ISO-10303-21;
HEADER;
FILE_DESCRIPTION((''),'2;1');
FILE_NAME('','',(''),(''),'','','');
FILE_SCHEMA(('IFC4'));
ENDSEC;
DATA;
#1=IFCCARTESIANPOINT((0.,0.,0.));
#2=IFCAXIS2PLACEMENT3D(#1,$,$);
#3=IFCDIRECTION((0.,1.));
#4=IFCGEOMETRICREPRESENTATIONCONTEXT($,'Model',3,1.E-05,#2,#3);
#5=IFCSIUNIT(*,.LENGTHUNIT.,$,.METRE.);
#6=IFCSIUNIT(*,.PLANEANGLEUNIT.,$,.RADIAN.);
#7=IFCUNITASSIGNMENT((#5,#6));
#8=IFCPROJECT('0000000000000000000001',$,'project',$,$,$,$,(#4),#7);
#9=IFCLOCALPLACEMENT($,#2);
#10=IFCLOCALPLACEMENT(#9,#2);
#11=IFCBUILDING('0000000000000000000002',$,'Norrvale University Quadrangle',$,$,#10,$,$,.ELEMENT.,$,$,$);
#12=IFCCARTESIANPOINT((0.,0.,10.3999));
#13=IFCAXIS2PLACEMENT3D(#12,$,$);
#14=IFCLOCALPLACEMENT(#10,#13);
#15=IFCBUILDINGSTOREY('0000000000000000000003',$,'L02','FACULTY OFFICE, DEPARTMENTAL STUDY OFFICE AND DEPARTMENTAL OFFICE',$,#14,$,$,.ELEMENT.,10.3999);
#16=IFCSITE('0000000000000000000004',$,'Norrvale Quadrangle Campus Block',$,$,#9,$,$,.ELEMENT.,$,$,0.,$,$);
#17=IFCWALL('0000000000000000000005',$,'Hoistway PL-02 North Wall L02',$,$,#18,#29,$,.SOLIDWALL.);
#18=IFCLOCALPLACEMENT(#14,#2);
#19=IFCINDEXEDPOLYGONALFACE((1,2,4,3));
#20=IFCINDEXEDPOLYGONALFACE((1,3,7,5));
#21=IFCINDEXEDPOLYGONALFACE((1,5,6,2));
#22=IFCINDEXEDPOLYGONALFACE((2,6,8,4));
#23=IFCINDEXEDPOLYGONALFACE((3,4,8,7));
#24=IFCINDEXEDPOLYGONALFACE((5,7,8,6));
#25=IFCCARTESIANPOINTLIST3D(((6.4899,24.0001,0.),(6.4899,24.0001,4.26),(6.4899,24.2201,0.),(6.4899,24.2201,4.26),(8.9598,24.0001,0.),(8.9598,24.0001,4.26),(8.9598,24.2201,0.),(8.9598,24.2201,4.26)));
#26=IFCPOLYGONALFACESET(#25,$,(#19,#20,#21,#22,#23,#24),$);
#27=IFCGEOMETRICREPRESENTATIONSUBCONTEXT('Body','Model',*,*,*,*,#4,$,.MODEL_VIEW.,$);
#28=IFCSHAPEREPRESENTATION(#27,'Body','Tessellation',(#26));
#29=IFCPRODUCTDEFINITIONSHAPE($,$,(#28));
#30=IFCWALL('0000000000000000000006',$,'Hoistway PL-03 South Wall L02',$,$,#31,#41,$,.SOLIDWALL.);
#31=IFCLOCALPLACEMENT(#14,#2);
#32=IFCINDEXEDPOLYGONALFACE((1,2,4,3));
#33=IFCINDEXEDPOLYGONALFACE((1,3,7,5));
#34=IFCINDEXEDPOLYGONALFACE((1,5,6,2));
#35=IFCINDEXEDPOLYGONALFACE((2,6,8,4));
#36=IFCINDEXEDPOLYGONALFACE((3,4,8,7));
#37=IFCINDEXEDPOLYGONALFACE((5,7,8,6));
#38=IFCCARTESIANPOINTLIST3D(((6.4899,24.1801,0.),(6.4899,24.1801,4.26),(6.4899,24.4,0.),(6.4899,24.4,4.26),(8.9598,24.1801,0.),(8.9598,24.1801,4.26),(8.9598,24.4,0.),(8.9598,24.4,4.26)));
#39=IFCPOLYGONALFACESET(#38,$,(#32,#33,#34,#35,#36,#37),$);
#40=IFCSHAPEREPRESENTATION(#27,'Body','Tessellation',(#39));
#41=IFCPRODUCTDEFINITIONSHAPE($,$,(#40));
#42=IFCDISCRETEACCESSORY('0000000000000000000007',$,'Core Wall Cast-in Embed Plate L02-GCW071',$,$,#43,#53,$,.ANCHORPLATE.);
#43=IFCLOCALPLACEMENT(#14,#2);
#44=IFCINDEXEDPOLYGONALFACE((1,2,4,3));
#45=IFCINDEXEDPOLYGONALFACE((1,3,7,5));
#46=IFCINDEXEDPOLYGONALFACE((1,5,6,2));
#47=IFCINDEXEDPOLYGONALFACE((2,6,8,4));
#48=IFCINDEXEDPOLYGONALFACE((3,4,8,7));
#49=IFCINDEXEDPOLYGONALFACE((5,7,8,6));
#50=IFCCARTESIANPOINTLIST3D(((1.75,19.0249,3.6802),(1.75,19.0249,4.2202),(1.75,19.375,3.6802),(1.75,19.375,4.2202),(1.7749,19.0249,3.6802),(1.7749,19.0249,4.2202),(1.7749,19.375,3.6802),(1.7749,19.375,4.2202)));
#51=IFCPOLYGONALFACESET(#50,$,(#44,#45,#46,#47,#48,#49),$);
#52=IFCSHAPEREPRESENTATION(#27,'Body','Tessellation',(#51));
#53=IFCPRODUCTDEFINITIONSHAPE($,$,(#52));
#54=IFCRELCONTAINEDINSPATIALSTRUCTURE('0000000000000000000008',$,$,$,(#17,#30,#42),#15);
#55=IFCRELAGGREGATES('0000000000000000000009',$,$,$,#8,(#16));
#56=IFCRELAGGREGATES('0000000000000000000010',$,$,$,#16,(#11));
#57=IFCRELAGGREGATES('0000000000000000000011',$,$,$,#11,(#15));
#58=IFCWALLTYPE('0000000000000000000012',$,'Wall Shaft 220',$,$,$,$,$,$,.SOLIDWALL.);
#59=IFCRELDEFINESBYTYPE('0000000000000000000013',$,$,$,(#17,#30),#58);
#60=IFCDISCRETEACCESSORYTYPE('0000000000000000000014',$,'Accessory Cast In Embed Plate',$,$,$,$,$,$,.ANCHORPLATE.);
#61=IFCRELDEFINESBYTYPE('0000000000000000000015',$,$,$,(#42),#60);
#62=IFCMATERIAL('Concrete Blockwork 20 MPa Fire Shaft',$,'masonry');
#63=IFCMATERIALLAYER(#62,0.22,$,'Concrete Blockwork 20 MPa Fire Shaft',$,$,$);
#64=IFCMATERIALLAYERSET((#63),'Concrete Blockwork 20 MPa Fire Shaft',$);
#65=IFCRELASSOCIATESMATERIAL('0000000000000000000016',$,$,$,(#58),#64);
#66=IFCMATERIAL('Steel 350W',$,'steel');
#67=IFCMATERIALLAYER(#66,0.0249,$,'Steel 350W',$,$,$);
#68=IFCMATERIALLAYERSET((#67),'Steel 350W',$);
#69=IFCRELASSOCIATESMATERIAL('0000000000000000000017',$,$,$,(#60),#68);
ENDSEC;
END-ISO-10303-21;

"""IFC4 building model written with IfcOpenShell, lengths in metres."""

from ifc_helpers import new_model, si_unit, direction, frame, frame_2d, origin, origin_2d, place, context, subcontext, project, spatial, rectangle, extrude, material, layer, layer_set, type_object, element, save


model = new_model("IFC4")

# Units and contexts
model_context = context("Model", 3, precision=1e-05, world=origin(), true_north=direction((0.0, 1.0)))
body_context = subcontext(model_context, "Body", "Model", "MODEL_VIEW")
ifc_project = project(units=[si_unit("LENGTHUNIT", "METRE"), si_unit("PLANEANGLEUNIT", "RADIAN")], contexts=[model_context])

# Site, building, storey
site_placement = place(None, origin())
site = spatial("IfcSite", under=ifc_project, at=site_placement, Name="Norrvale Quadrangle Campus Block", CompositionType="ELEMENT", RefElevation=0.0)
building_placement = place(site_placement, origin())
building = spatial("IfcBuilding", under=site, at=building_placement, Name="Norrvale University Quadrangle", CompositionType="ELEMENT")
storey_placement = place(building_placement, frame((0.0, 0.0, 10.3999)))
storey = spatial("IfcBuildingStorey", under=building, at=storey_placement, Name="L02", Description="FACULTY OFFICE, DEPARTMENTAL STUDY OFFICE AND DEPARTMENTAL OFFICE", CompositionType="ELEMENT", Elevation=10.3999)

# Shared definitions
ifc_material_1 = material(Name="Steel 350W", Category="steel")

# Shared definitions
ifc_material_2 = material(Name="Concrete Blockwork 20 MPa Fire Shaft", Category="masonry")
ifc_layer_1 = layer(ifc_material_2, 0.22, Name="Concrete Blockwork 20 MPa Fire Shaft")
ifc_layer_set_1 = layer_set([ifc_layer_1], Name="Concrete Blockwork 20 MPa Fire Shaft")
wall_type = type_object("IfcWallType", Name="Wall Shaft 220", PredefinedType="SOLIDWALL", material=ifc_layer_set_1)

# Walls
for number, where, z_axis, x_axis, name in (
    (1, (6.49, 24.1101, 0.0), (0.0, 0.0, 1.0), (1.0, 0.0, 0.0), "Hoistway PL-02 North Wall L02"),
    (2, (6.49, 24.29, 0.0), (0.0, 0.0, 1.0), (1.0, 0.0, 0.0), "Hoistway PL-03 South Wall L02"),
):
    element("IfcWall", number, at=place(storey_placement, frame(where, z_axis=z_axis, x_axis=x_axis)), inside=storey, type_object=wall_type, Name=name, PredefinedType="SOLIDWALL", context=body_context, shape_type="SweptSolid", body=[
        extrude(rectangle(XDim=2.47, YDim=0.22, at=frame_2d((1.2349, 0.0))), origin(), (0.0, 0.0, 1.0), 4.26),
    ])

# Discrete accessory
ifc_layer_2 = layer(ifc_material_1, 0.0249, Name="Steel 350W")
ifc_layer_set_2 = layer_set([ifc_layer_2], Name="Steel 350W")
discrete_accessory_type = type_object("IfcDiscreteAccessoryType", Name="Accessory Cast In Embed Plate", PredefinedType="ANCHORPLATE", material=ifc_layer_set_2)
discrete_accessory_placement = place(storey_placement, frame((1.7625, 19.2, 3.6802), z_axis=(0.0, 0.0, 1.0), x_axis=(1.0, 0.0, 0.0)))
element("IfcDiscreteAccessory", 3, at=discrete_accessory_placement, inside=storey, type_object=discrete_accessory_type, Name="Core Wall Cast-in Embed Plate L02-GCW071", PredefinedType="ANCHORPLATE", context=body_context, shape_type="SweptSolid", body=[
    extrude(rectangle(XDim=0.0249, YDim=0.3501, at=origin_2d()), origin(), (0.0, 0.0, 1.0), 0.54),
])

save(model, "model.ifc")
